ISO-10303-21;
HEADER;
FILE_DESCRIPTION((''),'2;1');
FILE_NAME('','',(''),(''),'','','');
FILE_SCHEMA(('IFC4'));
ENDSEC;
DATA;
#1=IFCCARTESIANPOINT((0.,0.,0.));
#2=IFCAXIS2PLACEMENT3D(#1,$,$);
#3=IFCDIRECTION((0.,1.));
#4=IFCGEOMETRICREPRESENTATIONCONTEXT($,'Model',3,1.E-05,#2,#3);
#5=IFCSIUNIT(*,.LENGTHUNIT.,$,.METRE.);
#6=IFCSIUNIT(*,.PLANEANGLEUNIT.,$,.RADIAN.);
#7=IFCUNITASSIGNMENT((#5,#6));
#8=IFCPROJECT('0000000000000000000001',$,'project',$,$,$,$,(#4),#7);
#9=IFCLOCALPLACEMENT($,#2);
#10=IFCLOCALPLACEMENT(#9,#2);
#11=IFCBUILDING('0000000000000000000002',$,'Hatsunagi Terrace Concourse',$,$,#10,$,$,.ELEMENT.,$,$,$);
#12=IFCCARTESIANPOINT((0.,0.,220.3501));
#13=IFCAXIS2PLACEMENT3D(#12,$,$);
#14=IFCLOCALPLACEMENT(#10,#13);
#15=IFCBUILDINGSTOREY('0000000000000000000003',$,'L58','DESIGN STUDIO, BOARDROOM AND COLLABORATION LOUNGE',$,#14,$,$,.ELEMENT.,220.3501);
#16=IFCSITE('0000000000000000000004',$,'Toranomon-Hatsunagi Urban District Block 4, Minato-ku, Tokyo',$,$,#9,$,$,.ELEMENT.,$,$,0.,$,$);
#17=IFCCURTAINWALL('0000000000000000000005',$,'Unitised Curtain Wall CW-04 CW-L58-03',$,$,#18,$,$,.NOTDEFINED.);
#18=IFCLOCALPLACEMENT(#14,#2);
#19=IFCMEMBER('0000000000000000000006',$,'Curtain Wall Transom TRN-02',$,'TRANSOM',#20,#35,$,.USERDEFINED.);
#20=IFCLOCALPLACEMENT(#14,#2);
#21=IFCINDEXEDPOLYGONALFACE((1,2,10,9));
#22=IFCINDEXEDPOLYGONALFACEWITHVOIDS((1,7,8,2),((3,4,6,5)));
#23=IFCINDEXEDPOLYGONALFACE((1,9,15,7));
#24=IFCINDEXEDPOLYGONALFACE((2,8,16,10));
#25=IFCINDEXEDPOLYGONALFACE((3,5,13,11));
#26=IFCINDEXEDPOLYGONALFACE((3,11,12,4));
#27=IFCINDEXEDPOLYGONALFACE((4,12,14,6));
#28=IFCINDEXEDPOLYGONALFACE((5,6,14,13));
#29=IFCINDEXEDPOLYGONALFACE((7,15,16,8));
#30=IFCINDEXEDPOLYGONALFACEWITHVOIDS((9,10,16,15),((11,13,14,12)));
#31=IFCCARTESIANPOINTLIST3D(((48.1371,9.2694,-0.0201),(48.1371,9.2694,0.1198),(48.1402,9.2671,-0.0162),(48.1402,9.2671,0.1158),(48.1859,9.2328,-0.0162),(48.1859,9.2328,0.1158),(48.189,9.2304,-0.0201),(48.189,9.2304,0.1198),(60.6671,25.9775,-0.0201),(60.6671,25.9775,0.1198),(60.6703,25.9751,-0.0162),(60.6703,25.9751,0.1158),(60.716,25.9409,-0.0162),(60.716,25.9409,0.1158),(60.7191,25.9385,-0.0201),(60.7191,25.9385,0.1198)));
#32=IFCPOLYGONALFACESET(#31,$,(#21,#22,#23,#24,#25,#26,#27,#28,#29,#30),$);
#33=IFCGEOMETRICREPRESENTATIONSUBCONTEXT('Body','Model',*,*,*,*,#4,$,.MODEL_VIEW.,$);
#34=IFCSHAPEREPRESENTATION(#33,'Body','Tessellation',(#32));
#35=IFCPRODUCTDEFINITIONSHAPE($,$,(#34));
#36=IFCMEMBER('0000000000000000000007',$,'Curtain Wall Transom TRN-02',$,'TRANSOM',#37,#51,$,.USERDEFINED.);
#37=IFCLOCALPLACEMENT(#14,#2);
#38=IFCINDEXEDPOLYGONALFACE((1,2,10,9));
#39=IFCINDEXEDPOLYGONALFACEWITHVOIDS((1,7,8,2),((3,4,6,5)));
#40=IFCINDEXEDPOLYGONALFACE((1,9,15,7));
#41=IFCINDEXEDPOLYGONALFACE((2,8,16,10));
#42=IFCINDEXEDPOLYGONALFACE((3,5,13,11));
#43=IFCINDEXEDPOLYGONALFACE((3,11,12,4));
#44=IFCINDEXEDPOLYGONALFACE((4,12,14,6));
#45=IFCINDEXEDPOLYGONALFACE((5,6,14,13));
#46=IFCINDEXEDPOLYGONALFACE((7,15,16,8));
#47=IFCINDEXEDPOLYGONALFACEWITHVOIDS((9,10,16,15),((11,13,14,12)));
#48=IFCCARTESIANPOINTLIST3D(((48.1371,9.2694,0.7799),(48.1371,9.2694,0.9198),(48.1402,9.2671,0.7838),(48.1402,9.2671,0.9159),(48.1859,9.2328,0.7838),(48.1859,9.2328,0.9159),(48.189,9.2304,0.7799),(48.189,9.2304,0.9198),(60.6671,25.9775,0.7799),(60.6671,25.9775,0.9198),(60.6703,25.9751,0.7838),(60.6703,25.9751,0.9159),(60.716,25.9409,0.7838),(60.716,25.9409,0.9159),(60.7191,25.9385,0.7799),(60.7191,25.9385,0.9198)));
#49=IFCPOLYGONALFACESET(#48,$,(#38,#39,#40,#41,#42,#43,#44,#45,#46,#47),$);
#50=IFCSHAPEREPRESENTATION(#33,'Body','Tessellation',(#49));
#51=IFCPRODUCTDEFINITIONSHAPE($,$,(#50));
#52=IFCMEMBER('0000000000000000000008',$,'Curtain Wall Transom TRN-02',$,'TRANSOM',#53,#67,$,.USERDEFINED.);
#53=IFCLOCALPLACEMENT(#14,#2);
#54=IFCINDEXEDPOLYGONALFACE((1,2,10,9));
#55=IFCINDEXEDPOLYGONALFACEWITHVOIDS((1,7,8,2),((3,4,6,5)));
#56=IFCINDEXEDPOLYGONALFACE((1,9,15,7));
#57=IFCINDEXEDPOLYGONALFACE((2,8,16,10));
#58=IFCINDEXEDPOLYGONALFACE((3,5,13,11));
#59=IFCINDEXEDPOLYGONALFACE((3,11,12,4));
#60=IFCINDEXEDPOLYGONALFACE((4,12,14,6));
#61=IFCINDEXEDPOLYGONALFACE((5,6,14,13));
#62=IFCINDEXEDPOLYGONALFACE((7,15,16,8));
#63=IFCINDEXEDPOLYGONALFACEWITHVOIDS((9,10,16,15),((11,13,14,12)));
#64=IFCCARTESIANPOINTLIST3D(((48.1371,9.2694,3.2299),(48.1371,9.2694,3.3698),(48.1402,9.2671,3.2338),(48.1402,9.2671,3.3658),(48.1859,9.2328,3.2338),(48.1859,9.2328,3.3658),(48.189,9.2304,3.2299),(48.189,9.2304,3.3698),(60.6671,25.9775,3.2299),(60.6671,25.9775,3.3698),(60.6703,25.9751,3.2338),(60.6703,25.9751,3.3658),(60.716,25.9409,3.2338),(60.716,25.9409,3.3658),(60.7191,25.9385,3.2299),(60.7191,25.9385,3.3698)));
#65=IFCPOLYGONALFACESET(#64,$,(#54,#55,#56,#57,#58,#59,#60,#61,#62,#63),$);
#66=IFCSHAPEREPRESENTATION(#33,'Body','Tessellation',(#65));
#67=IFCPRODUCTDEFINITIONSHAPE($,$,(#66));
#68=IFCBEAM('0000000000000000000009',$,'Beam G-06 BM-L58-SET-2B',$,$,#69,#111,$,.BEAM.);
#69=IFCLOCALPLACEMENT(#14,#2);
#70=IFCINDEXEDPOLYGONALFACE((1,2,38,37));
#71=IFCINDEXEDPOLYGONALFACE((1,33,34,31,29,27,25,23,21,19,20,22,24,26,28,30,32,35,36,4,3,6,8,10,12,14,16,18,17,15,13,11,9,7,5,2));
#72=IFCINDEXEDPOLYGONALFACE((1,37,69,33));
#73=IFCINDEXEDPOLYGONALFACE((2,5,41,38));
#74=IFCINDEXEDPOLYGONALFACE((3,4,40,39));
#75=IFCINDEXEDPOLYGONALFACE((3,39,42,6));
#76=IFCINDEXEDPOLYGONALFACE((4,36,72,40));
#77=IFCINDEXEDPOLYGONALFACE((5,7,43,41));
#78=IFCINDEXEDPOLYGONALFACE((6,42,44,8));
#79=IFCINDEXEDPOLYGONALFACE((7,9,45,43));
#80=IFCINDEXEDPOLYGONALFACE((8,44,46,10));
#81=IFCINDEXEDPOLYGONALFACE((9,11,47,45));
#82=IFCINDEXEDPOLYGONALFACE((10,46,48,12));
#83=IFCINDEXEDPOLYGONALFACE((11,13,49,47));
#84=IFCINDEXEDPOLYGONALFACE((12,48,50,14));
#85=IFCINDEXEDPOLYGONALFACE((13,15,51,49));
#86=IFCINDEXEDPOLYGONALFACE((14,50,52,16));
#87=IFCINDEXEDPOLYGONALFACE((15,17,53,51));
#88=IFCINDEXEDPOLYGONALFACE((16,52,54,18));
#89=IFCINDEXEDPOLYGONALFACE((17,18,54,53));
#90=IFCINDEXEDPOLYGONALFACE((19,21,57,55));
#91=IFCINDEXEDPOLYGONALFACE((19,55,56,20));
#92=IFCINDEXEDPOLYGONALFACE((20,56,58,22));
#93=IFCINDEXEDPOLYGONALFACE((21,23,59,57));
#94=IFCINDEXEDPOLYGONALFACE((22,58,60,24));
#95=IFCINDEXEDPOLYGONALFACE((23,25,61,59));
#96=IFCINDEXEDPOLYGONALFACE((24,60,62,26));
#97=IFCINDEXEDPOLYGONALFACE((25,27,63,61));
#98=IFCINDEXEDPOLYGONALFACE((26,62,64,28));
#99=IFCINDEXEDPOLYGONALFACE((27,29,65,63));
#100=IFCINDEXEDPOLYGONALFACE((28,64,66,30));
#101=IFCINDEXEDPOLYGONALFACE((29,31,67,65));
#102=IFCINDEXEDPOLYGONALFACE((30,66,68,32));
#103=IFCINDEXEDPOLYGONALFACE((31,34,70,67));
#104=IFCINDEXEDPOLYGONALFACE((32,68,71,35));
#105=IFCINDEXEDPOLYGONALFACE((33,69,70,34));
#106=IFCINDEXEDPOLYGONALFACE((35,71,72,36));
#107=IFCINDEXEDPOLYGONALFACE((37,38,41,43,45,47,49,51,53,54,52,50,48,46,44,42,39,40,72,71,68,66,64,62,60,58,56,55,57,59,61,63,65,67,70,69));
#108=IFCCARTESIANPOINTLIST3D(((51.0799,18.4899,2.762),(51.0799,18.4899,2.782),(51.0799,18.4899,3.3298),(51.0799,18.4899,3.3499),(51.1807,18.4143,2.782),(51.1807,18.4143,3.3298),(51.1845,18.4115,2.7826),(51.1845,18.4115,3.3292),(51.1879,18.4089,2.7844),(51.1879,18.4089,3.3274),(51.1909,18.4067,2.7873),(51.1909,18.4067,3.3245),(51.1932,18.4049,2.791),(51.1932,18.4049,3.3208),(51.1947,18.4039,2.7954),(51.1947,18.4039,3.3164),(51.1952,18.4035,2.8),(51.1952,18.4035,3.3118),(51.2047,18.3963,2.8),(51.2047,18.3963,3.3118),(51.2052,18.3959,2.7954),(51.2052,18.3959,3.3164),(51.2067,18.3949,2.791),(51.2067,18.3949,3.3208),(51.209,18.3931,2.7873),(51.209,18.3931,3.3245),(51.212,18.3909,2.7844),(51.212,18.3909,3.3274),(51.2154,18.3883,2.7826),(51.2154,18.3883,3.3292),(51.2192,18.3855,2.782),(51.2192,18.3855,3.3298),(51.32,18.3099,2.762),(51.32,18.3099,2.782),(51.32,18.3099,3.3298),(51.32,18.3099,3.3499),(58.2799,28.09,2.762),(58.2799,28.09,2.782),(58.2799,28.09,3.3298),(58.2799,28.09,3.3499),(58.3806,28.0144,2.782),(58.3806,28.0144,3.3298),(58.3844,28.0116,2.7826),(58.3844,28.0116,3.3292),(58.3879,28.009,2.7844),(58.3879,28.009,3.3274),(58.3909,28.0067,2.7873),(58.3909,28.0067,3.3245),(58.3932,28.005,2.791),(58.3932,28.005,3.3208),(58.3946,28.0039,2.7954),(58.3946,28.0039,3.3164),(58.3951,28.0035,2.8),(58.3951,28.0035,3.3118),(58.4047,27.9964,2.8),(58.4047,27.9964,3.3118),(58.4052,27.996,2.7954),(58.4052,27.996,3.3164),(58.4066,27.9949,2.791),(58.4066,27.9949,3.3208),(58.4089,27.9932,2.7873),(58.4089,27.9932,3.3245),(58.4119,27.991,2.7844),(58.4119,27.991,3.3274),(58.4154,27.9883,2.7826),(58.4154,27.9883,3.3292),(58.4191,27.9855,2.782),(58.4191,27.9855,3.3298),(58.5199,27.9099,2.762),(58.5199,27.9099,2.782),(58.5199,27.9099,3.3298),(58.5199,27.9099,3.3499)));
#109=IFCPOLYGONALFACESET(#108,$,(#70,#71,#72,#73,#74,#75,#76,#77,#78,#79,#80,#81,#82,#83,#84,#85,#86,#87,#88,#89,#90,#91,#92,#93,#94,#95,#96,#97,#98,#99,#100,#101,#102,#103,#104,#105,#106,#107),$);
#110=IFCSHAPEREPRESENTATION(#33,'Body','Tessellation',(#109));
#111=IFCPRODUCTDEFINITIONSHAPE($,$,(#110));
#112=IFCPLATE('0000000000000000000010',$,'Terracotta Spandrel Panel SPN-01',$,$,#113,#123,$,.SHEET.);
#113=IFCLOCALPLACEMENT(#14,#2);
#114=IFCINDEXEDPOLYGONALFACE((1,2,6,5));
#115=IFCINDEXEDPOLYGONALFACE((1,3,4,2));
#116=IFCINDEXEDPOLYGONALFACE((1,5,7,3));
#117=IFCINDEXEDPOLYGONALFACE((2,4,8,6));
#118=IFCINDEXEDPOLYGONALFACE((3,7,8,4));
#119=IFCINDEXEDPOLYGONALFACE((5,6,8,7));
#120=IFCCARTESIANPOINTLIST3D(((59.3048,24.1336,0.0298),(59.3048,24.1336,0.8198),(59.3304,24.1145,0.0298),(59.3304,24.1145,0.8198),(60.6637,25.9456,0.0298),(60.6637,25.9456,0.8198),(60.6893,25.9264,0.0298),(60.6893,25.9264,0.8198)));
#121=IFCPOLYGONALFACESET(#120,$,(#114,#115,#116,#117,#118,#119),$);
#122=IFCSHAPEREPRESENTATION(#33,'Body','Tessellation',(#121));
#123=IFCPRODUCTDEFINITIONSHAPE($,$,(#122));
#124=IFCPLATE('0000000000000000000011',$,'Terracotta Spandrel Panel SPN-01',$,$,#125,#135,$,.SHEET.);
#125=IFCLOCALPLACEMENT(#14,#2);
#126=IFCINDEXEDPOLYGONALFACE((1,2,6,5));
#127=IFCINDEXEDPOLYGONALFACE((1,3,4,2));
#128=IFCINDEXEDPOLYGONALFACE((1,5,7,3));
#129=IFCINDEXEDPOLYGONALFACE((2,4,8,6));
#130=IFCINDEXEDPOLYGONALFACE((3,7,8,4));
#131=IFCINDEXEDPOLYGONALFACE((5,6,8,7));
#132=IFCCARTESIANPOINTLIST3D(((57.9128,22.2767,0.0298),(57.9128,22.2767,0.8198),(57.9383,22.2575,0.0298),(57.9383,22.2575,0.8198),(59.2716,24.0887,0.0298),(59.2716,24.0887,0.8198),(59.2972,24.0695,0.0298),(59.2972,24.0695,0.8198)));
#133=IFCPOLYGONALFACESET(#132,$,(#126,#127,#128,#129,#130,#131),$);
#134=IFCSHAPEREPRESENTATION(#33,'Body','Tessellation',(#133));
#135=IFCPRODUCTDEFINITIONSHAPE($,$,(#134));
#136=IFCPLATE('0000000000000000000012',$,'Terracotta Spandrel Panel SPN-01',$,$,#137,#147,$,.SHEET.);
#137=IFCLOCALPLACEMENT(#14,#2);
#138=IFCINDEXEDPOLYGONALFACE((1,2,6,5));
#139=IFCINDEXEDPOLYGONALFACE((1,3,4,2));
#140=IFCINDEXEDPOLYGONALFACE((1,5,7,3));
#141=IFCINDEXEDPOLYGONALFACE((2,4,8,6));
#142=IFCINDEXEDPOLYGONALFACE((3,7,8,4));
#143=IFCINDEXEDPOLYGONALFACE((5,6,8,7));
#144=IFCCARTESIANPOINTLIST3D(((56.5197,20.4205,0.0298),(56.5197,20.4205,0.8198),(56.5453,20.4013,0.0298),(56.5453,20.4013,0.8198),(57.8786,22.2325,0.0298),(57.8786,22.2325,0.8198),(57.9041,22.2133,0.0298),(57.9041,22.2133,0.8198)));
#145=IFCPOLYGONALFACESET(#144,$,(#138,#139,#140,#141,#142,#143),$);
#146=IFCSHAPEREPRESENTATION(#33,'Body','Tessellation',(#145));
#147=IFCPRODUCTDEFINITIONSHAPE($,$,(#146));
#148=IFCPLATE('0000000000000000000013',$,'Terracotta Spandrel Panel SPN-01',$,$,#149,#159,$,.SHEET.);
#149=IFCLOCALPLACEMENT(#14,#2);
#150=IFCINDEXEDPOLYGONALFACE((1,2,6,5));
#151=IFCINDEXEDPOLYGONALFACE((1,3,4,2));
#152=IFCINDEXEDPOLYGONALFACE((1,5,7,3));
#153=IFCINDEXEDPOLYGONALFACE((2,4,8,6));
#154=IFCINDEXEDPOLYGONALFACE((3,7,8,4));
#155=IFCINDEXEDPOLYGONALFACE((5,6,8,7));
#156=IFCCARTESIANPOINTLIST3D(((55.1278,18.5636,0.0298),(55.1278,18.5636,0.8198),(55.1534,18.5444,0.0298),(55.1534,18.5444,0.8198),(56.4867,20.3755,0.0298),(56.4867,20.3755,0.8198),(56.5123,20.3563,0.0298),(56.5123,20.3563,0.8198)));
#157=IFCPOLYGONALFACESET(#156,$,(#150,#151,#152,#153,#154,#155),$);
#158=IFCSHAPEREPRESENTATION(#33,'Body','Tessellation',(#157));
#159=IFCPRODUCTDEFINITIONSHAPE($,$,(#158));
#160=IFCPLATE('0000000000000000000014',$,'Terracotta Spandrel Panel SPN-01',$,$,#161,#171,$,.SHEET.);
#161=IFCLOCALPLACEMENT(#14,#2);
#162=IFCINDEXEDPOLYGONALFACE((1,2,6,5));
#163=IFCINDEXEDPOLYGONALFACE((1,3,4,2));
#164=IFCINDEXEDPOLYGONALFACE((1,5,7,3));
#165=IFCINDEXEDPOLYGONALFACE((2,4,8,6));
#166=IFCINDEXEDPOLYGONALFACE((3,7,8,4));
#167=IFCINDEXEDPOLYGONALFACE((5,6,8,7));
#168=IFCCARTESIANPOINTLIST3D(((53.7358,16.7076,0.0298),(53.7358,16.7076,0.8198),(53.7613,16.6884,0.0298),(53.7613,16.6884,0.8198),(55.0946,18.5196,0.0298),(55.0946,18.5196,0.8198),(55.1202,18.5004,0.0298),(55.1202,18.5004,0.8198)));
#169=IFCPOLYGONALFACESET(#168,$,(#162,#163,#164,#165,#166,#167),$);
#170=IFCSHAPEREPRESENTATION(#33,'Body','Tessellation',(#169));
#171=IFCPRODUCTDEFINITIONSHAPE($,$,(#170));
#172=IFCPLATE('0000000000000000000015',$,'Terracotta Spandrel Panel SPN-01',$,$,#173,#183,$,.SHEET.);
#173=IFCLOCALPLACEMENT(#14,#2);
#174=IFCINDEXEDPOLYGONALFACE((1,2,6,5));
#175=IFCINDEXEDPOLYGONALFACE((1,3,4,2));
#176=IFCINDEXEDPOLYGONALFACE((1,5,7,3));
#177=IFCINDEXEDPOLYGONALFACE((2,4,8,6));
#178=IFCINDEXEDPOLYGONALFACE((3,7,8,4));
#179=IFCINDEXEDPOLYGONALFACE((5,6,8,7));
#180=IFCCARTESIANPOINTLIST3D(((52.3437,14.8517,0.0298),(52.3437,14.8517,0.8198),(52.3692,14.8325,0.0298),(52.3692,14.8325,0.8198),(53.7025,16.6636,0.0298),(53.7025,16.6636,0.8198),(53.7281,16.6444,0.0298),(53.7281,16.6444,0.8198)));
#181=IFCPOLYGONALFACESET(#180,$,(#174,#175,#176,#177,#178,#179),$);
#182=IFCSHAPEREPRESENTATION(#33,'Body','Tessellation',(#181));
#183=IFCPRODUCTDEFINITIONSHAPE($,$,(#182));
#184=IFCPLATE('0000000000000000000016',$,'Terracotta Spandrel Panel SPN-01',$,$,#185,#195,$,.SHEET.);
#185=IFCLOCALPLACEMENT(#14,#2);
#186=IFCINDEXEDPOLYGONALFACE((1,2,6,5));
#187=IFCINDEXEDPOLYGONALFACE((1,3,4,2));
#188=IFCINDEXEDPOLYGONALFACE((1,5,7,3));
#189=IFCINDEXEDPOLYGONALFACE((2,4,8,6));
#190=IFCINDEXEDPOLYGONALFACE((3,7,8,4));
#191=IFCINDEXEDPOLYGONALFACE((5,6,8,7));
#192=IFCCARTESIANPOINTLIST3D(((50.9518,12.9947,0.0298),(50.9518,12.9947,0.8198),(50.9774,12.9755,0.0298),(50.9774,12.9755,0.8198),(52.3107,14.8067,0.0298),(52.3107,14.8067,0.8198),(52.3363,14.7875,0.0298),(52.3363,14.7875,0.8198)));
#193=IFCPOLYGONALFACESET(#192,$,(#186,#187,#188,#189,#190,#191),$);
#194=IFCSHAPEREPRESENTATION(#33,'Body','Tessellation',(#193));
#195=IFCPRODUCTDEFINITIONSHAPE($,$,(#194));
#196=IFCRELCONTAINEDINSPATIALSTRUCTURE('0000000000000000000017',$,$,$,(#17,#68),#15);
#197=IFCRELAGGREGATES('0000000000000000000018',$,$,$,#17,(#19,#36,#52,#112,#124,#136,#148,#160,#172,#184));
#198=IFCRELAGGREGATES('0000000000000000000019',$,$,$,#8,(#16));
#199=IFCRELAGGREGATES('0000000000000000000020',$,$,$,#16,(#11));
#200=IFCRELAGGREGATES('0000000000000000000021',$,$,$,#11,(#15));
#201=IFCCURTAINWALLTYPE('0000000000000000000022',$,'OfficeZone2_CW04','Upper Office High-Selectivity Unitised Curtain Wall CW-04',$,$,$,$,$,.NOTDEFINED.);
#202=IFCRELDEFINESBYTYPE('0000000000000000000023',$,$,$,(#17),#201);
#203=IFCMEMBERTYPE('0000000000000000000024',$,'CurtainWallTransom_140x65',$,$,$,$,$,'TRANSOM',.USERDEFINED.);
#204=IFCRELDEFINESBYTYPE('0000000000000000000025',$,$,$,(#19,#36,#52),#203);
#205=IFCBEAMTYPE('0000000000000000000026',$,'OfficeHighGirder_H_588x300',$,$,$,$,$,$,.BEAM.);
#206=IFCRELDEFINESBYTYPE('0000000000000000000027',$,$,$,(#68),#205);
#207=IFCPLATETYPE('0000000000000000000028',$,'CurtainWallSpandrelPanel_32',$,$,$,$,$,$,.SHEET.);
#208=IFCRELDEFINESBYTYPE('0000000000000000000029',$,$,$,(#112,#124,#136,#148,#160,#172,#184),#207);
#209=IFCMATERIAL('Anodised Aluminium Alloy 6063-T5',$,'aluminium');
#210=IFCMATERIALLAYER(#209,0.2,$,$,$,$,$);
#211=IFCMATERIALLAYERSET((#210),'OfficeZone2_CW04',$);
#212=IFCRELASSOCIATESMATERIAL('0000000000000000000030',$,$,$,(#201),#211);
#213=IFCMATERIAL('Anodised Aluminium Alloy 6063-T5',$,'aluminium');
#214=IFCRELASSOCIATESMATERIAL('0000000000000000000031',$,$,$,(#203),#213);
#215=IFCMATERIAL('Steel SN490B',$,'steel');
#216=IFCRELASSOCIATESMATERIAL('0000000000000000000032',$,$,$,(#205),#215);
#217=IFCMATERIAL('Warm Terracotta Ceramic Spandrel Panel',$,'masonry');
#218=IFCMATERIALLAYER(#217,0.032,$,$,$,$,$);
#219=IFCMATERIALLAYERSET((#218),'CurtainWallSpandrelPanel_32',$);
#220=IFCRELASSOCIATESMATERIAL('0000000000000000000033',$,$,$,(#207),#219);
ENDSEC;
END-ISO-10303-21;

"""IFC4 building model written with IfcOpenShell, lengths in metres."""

from ifc_helpers import new_model, si_unit, direction, frame, origin, origin_2d, place, context, subcontext, project, spatial, rectangle, hollow_rectangle, i_section, extrude, material, layer, layer_set, material_profile, profile_set, type_object, element, aggregate, save


model = new_model("IFC4")

# Units and contexts
model_context = context("Model", 3, precision=1e-05, world=origin(), true_north=direction((0.0, 1.0)))
body_context = subcontext(model_context, "Body", "Model", "MODEL_VIEW")
ifc_project = project(units=[si_unit("LENGTHUNIT", "METRE"), si_unit("PLANEANGLEUNIT", "RADIAN")], contexts=[model_context])

# Site, building, storey
site_placement = place(None, origin())
site = spatial("IfcSite", under=ifc_project, at=site_placement, Name="Toranomon-Hatsunagi Urban District Block 4, Minato-ku, Tokyo", CompositionType="ELEMENT", RefElevation=0.0)
building_placement = place(site_placement, origin())
building = spatial("IfcBuilding", under=site, at=building_placement, Name="Hatsunagi Terrace Concourse", CompositionType="ELEMENT")
storey_placement = place(building_placement, frame((0.0, 0.0, 220.3501)))
storey = spatial("IfcBuildingStorey", under=building, at=storey_placement, Name="L58", Description="DESIGN STUDIO, BOARDROOM AND COLLABORATION LOUNGE", CompositionType="ELEMENT", Elevation=220.3501)

# Curtain wall, members
ifc_material_1 = material(Name="Anodised Aluminium Alloy 6063-T5", Category="aluminium")
ifc_layer_1 = layer(ifc_material_1, 0.2)
ifc_layer_set_1 = layer_set([ifc_layer_1], Name="OfficeZone2_CW04")
curtain_wall_type = type_object("IfcCurtainWallType", Name="OfficeZone2_CW04", Description="Upper Office High-Selectivity Unitised Curtain Wall CW-04", PredefinedType="NOTDEFINED", material=ifc_layer_set_1)
curtain_wall_placement = place(storey_placement, origin())
curtain_wall = element("IfcCurtainWall", 1, at=curtain_wall_placement, inside=storey, type_object=curtain_wall_type, Name="Unitised Curtain Wall CW-04 CW-L58-03", PredefinedType="NOTDEFINED")
ifc_material_2 = material(Name="Anodised Aluminium Alloy 6063-T5", Category="aluminium")
ifc_material_profile_1 = material_profile(ifc_material_2, hollow_rectangle(XDim=0.0649, YDim=0.1399, WallThickness=0.0039, at=origin_2d()), Name="ALU-TRN-140x65x4")
ifc_profile_set_1 = profile_set([ifc_material_profile_1], Name="Anodised Aluminium Alloy 6063-T5")
member_type_1 = type_object("IfcMemberType", Name="CurtainWallTransom_140x65", ElementType="TRANSOM", PredefinedType="USERDEFINED", material=ifc_profile_set_1)
member_1_placement = place(storey_placement, frame((60.6931, 25.958, 0.0498), z_axis=(-0.59997, -0.800022, 0.0), x_axis=(0.800022, -0.59997, 0.0)))
member_1 = element("IfcMember", 2, at=member_1_placement, type_object=member_type_1, Name="Curtain Wall Transom TRN-02", ObjectType="TRANSOM", PredefinedType="USERDEFINED", context=body_context, shape_type="SweptSolid", body=[
    extrude(hollow_rectangle(XDim=0.0649, YDim=0.1399, WallThickness=0.0039, at=origin_2d()), origin(), (0.0, 0.0, 1.0), 20.8845),
])
member_2_placement = place(storey_placement, frame((60.6931, 25.958, 0.8499), z_axis=(-0.59997, -0.800022, 0.0), x_axis=(0.800022, -0.59997, 0.0)))
member_2 = element("IfcMember", 3, at=member_2_placement, type_object=member_type_1, Name="Curtain Wall Transom TRN-02", ObjectType="TRANSOM", PredefinedType="USERDEFINED", context=body_context, shape_type="SweptSolid", body=[
    extrude(hollow_rectangle(XDim=0.0649, YDim=0.1399, WallThickness=0.0039, at=origin_2d()), origin(), (0.0, 0.0, 1.0), 20.8845),
])
member_3_placement = place(storey_placement, frame((60.6931, 25.958, 3.2998), z_axis=(-0.59997, -0.800022, 0.0), x_axis=(0.800022, -0.59997, 0.0)))
member_3 = element("IfcMember", 4, at=member_3_placement, type_object=member_type_1, Name="Curtain Wall Transom TRN-02", ObjectType="TRANSOM", PredefinedType="USERDEFINED", context=body_context, shape_type="SweptSolid", body=[
    extrude(hollow_rectangle(XDim=0.0649, YDim=0.1399, WallThickness=0.0039, at=origin_2d()), origin(), (0.0, 0.0, 1.0), 20.8845),
])

# Beam
ifc_material_3 = material(Name="Steel SN490B", Category="steel")
ifc_material_profile_2 = material_profile(ifc_material_3, i_section(OverallWidth=0.3, OverallDepth=0.5879, WebThickness=0.012, FlangeThickness=0.02, FilletRadius=0.0181, at=origin_2d()), Name="H-588x300x12x20")
ifc_profile_set_2 = profile_set([ifc_material_profile_2], Name="Steel SN490B")
beam_type = type_object("IfcBeamType", Name="OfficeHighGirder_H_588x300", PredefinedType="BEAM", material=ifc_profile_set_2)
beam_placement = place(storey_placement, frame((51.2, 18.3999, 3.0559), z_axis=(0.599993, 0.800005, 0.0), x_axis=(-0.800005, 0.599993, 0.0)))
element("IfcBeam", 5, at=beam_placement, inside=storey, type_object=beam_type, Name="Beam G-06 BM-L58-SET-2B", PredefinedType="BEAM", context=body_context, shape_type="SweptSolid", body=[
    extrude(i_section(OverallWidth=0.3, OverallDepth=0.5879, WebThickness=0.012, FlangeThickness=0.02, FilletRadius=0.0181, at=origin_2d()), origin(), (0.0, 0.0, 1.0), 12.0),
])

# Plates
ifc_material_4 = material(Name="Warm Terracotta Ceramic Spandrel Panel", Category="masonry")
ifc_layer_2 = layer(ifc_material_4, 0.032)
ifc_layer_set_2 = layer_set([ifc_layer_2], Name="CurtainWallSpandrelPanel_32")
plate_type_1 = type_object("IfcPlateType", Name="CurtainWallSpandrelPanel_32", PredefinedType="SHEET", material=ifc_layer_set_2)
plate_1_placement = place(storey_placement, frame((59.9971, 25.03, 0.0298), z_axis=(0.0, 0.0, 1.0), x_axis=(-0.599969, -0.800023, 0.0)))
plate_1 = element("IfcPlate", 6, at=plate_1_placement, type_object=plate_type_1, Name="Terracotta Spandrel Panel SPN-01", PredefinedType="SHEET", context=body_context, shape_type="SweptSolid", body=[
    extrude(rectangle(XDim=2.2649, YDim=0.032, at=origin_2d()), origin(), (0.0, 0.0, 1.0), 0.79),
])
plate_2_placement = place(storey_placement, frame((58.605, 23.1731, 0.0298), z_axis=(0.0, 0.0, 1.0), x_axis=(-0.599969, -0.800023, 0.0)))
plate_2 = element("IfcPlate", 7, at=plate_2_placement, type_object=plate_type_1, Name="Terracotta Spandrel Panel SPN-01", PredefinedType="SHEET", context=body_context, shape_type="SweptSolid", body=[
    extrude(rectangle(XDim=2.2649, YDim=0.032, at=origin_2d()), origin(), (0.0, 0.0, 1.0), 0.79),
])
plate_3_placement = place(storey_placement, frame((57.2119, 21.3169, 0.0298), z_axis=(0.0, 0.0, 1.0), x_axis=(-0.599969, -0.800023, 0.0)))
plate_3 = element("IfcPlate", 8, at=plate_3_placement, type_object=plate_type_1, Name="Terracotta Spandrel Panel SPN-01", PredefinedType="SHEET", context=body_context, shape_type="SweptSolid", body=[
    extrude(rectangle(XDim=2.2649, YDim=0.032, at=origin_2d()), origin(), (0.0, 0.0, 1.0), 0.79),
])
plate_4_placement = place(storey_placement, frame((55.8201, 19.46, 0.0298), z_axis=(0.0, 0.0, 1.0), x_axis=(-0.599969, -0.800023, 0.0)))
plate_4 = element("IfcPlate", 9, at=plate_4_placement, type_object=plate_type_1, Name="Terracotta Spandrel Panel SPN-01", PredefinedType="SHEET", context=body_context, shape_type="SweptSolid", body=[
    extrude(rectangle(XDim=2.2649, YDim=0.032, at=origin_2d()), origin(), (0.0, 0.0, 1.0), 0.79),
])
plate_5_placement = place(storey_placement, frame((54.428, 17.604, 0.0298), z_axis=(0.0, 0.0, 1.0), x_axis=(-0.599969, -0.800023, 0.0)))
plate_5 = element("IfcPlate", 10, at=plate_5_placement, type_object=plate_type_1, Name="Terracotta Spandrel Panel SPN-01", PredefinedType="SHEET", context=body_context, shape_type="SweptSolid", body=[
    extrude(rectangle(XDim=2.2649, YDim=0.032, at=origin_2d()), origin(), (0.0, 0.0, 1.0), 0.79),
])
plate_6_placement = place(storey_placement, frame((53.0359, 15.748, 0.0298), z_axis=(0.0, 0.0, 1.0), x_axis=(-0.599969, -0.800023, 0.0)))
plate_6 = element("IfcPlate", 11, at=plate_6_placement, type_object=plate_type_1, Name="Terracotta Spandrel Panel SPN-01", PredefinedType="SHEET", context=body_context, shape_type="SweptSolid", body=[
    extrude(rectangle(XDim=2.2649, YDim=0.032, at=origin_2d()), origin(), (0.0, 0.0, 1.0), 0.79),
])
plate_7_placement = place(storey_placement, frame((51.644, 13.8911, 0.0298), z_axis=(0.0, 0.0, 1.0), x_axis=(-0.599969, -0.800023, 0.0)))
plate_7 = element("IfcPlate", 12, at=plate_7_placement, type_object=plate_type_1, Name="Terracotta Spandrel Panel SPN-01", PredefinedType="SHEET", context=body_context, shape_type="SweptSolid", body=[
    extrude(rectangle(XDim=2.2649, YDim=0.032, at=origin_2d()), origin(), (0.0, 0.0, 1.0), 0.79),
])
aggregate(curtain_wall, [member_1, member_2, member_3, plate_1, plate_2, plate_3, plate_4, plate_5, plate_6, plate_7])

save(model, "model.ifc")
